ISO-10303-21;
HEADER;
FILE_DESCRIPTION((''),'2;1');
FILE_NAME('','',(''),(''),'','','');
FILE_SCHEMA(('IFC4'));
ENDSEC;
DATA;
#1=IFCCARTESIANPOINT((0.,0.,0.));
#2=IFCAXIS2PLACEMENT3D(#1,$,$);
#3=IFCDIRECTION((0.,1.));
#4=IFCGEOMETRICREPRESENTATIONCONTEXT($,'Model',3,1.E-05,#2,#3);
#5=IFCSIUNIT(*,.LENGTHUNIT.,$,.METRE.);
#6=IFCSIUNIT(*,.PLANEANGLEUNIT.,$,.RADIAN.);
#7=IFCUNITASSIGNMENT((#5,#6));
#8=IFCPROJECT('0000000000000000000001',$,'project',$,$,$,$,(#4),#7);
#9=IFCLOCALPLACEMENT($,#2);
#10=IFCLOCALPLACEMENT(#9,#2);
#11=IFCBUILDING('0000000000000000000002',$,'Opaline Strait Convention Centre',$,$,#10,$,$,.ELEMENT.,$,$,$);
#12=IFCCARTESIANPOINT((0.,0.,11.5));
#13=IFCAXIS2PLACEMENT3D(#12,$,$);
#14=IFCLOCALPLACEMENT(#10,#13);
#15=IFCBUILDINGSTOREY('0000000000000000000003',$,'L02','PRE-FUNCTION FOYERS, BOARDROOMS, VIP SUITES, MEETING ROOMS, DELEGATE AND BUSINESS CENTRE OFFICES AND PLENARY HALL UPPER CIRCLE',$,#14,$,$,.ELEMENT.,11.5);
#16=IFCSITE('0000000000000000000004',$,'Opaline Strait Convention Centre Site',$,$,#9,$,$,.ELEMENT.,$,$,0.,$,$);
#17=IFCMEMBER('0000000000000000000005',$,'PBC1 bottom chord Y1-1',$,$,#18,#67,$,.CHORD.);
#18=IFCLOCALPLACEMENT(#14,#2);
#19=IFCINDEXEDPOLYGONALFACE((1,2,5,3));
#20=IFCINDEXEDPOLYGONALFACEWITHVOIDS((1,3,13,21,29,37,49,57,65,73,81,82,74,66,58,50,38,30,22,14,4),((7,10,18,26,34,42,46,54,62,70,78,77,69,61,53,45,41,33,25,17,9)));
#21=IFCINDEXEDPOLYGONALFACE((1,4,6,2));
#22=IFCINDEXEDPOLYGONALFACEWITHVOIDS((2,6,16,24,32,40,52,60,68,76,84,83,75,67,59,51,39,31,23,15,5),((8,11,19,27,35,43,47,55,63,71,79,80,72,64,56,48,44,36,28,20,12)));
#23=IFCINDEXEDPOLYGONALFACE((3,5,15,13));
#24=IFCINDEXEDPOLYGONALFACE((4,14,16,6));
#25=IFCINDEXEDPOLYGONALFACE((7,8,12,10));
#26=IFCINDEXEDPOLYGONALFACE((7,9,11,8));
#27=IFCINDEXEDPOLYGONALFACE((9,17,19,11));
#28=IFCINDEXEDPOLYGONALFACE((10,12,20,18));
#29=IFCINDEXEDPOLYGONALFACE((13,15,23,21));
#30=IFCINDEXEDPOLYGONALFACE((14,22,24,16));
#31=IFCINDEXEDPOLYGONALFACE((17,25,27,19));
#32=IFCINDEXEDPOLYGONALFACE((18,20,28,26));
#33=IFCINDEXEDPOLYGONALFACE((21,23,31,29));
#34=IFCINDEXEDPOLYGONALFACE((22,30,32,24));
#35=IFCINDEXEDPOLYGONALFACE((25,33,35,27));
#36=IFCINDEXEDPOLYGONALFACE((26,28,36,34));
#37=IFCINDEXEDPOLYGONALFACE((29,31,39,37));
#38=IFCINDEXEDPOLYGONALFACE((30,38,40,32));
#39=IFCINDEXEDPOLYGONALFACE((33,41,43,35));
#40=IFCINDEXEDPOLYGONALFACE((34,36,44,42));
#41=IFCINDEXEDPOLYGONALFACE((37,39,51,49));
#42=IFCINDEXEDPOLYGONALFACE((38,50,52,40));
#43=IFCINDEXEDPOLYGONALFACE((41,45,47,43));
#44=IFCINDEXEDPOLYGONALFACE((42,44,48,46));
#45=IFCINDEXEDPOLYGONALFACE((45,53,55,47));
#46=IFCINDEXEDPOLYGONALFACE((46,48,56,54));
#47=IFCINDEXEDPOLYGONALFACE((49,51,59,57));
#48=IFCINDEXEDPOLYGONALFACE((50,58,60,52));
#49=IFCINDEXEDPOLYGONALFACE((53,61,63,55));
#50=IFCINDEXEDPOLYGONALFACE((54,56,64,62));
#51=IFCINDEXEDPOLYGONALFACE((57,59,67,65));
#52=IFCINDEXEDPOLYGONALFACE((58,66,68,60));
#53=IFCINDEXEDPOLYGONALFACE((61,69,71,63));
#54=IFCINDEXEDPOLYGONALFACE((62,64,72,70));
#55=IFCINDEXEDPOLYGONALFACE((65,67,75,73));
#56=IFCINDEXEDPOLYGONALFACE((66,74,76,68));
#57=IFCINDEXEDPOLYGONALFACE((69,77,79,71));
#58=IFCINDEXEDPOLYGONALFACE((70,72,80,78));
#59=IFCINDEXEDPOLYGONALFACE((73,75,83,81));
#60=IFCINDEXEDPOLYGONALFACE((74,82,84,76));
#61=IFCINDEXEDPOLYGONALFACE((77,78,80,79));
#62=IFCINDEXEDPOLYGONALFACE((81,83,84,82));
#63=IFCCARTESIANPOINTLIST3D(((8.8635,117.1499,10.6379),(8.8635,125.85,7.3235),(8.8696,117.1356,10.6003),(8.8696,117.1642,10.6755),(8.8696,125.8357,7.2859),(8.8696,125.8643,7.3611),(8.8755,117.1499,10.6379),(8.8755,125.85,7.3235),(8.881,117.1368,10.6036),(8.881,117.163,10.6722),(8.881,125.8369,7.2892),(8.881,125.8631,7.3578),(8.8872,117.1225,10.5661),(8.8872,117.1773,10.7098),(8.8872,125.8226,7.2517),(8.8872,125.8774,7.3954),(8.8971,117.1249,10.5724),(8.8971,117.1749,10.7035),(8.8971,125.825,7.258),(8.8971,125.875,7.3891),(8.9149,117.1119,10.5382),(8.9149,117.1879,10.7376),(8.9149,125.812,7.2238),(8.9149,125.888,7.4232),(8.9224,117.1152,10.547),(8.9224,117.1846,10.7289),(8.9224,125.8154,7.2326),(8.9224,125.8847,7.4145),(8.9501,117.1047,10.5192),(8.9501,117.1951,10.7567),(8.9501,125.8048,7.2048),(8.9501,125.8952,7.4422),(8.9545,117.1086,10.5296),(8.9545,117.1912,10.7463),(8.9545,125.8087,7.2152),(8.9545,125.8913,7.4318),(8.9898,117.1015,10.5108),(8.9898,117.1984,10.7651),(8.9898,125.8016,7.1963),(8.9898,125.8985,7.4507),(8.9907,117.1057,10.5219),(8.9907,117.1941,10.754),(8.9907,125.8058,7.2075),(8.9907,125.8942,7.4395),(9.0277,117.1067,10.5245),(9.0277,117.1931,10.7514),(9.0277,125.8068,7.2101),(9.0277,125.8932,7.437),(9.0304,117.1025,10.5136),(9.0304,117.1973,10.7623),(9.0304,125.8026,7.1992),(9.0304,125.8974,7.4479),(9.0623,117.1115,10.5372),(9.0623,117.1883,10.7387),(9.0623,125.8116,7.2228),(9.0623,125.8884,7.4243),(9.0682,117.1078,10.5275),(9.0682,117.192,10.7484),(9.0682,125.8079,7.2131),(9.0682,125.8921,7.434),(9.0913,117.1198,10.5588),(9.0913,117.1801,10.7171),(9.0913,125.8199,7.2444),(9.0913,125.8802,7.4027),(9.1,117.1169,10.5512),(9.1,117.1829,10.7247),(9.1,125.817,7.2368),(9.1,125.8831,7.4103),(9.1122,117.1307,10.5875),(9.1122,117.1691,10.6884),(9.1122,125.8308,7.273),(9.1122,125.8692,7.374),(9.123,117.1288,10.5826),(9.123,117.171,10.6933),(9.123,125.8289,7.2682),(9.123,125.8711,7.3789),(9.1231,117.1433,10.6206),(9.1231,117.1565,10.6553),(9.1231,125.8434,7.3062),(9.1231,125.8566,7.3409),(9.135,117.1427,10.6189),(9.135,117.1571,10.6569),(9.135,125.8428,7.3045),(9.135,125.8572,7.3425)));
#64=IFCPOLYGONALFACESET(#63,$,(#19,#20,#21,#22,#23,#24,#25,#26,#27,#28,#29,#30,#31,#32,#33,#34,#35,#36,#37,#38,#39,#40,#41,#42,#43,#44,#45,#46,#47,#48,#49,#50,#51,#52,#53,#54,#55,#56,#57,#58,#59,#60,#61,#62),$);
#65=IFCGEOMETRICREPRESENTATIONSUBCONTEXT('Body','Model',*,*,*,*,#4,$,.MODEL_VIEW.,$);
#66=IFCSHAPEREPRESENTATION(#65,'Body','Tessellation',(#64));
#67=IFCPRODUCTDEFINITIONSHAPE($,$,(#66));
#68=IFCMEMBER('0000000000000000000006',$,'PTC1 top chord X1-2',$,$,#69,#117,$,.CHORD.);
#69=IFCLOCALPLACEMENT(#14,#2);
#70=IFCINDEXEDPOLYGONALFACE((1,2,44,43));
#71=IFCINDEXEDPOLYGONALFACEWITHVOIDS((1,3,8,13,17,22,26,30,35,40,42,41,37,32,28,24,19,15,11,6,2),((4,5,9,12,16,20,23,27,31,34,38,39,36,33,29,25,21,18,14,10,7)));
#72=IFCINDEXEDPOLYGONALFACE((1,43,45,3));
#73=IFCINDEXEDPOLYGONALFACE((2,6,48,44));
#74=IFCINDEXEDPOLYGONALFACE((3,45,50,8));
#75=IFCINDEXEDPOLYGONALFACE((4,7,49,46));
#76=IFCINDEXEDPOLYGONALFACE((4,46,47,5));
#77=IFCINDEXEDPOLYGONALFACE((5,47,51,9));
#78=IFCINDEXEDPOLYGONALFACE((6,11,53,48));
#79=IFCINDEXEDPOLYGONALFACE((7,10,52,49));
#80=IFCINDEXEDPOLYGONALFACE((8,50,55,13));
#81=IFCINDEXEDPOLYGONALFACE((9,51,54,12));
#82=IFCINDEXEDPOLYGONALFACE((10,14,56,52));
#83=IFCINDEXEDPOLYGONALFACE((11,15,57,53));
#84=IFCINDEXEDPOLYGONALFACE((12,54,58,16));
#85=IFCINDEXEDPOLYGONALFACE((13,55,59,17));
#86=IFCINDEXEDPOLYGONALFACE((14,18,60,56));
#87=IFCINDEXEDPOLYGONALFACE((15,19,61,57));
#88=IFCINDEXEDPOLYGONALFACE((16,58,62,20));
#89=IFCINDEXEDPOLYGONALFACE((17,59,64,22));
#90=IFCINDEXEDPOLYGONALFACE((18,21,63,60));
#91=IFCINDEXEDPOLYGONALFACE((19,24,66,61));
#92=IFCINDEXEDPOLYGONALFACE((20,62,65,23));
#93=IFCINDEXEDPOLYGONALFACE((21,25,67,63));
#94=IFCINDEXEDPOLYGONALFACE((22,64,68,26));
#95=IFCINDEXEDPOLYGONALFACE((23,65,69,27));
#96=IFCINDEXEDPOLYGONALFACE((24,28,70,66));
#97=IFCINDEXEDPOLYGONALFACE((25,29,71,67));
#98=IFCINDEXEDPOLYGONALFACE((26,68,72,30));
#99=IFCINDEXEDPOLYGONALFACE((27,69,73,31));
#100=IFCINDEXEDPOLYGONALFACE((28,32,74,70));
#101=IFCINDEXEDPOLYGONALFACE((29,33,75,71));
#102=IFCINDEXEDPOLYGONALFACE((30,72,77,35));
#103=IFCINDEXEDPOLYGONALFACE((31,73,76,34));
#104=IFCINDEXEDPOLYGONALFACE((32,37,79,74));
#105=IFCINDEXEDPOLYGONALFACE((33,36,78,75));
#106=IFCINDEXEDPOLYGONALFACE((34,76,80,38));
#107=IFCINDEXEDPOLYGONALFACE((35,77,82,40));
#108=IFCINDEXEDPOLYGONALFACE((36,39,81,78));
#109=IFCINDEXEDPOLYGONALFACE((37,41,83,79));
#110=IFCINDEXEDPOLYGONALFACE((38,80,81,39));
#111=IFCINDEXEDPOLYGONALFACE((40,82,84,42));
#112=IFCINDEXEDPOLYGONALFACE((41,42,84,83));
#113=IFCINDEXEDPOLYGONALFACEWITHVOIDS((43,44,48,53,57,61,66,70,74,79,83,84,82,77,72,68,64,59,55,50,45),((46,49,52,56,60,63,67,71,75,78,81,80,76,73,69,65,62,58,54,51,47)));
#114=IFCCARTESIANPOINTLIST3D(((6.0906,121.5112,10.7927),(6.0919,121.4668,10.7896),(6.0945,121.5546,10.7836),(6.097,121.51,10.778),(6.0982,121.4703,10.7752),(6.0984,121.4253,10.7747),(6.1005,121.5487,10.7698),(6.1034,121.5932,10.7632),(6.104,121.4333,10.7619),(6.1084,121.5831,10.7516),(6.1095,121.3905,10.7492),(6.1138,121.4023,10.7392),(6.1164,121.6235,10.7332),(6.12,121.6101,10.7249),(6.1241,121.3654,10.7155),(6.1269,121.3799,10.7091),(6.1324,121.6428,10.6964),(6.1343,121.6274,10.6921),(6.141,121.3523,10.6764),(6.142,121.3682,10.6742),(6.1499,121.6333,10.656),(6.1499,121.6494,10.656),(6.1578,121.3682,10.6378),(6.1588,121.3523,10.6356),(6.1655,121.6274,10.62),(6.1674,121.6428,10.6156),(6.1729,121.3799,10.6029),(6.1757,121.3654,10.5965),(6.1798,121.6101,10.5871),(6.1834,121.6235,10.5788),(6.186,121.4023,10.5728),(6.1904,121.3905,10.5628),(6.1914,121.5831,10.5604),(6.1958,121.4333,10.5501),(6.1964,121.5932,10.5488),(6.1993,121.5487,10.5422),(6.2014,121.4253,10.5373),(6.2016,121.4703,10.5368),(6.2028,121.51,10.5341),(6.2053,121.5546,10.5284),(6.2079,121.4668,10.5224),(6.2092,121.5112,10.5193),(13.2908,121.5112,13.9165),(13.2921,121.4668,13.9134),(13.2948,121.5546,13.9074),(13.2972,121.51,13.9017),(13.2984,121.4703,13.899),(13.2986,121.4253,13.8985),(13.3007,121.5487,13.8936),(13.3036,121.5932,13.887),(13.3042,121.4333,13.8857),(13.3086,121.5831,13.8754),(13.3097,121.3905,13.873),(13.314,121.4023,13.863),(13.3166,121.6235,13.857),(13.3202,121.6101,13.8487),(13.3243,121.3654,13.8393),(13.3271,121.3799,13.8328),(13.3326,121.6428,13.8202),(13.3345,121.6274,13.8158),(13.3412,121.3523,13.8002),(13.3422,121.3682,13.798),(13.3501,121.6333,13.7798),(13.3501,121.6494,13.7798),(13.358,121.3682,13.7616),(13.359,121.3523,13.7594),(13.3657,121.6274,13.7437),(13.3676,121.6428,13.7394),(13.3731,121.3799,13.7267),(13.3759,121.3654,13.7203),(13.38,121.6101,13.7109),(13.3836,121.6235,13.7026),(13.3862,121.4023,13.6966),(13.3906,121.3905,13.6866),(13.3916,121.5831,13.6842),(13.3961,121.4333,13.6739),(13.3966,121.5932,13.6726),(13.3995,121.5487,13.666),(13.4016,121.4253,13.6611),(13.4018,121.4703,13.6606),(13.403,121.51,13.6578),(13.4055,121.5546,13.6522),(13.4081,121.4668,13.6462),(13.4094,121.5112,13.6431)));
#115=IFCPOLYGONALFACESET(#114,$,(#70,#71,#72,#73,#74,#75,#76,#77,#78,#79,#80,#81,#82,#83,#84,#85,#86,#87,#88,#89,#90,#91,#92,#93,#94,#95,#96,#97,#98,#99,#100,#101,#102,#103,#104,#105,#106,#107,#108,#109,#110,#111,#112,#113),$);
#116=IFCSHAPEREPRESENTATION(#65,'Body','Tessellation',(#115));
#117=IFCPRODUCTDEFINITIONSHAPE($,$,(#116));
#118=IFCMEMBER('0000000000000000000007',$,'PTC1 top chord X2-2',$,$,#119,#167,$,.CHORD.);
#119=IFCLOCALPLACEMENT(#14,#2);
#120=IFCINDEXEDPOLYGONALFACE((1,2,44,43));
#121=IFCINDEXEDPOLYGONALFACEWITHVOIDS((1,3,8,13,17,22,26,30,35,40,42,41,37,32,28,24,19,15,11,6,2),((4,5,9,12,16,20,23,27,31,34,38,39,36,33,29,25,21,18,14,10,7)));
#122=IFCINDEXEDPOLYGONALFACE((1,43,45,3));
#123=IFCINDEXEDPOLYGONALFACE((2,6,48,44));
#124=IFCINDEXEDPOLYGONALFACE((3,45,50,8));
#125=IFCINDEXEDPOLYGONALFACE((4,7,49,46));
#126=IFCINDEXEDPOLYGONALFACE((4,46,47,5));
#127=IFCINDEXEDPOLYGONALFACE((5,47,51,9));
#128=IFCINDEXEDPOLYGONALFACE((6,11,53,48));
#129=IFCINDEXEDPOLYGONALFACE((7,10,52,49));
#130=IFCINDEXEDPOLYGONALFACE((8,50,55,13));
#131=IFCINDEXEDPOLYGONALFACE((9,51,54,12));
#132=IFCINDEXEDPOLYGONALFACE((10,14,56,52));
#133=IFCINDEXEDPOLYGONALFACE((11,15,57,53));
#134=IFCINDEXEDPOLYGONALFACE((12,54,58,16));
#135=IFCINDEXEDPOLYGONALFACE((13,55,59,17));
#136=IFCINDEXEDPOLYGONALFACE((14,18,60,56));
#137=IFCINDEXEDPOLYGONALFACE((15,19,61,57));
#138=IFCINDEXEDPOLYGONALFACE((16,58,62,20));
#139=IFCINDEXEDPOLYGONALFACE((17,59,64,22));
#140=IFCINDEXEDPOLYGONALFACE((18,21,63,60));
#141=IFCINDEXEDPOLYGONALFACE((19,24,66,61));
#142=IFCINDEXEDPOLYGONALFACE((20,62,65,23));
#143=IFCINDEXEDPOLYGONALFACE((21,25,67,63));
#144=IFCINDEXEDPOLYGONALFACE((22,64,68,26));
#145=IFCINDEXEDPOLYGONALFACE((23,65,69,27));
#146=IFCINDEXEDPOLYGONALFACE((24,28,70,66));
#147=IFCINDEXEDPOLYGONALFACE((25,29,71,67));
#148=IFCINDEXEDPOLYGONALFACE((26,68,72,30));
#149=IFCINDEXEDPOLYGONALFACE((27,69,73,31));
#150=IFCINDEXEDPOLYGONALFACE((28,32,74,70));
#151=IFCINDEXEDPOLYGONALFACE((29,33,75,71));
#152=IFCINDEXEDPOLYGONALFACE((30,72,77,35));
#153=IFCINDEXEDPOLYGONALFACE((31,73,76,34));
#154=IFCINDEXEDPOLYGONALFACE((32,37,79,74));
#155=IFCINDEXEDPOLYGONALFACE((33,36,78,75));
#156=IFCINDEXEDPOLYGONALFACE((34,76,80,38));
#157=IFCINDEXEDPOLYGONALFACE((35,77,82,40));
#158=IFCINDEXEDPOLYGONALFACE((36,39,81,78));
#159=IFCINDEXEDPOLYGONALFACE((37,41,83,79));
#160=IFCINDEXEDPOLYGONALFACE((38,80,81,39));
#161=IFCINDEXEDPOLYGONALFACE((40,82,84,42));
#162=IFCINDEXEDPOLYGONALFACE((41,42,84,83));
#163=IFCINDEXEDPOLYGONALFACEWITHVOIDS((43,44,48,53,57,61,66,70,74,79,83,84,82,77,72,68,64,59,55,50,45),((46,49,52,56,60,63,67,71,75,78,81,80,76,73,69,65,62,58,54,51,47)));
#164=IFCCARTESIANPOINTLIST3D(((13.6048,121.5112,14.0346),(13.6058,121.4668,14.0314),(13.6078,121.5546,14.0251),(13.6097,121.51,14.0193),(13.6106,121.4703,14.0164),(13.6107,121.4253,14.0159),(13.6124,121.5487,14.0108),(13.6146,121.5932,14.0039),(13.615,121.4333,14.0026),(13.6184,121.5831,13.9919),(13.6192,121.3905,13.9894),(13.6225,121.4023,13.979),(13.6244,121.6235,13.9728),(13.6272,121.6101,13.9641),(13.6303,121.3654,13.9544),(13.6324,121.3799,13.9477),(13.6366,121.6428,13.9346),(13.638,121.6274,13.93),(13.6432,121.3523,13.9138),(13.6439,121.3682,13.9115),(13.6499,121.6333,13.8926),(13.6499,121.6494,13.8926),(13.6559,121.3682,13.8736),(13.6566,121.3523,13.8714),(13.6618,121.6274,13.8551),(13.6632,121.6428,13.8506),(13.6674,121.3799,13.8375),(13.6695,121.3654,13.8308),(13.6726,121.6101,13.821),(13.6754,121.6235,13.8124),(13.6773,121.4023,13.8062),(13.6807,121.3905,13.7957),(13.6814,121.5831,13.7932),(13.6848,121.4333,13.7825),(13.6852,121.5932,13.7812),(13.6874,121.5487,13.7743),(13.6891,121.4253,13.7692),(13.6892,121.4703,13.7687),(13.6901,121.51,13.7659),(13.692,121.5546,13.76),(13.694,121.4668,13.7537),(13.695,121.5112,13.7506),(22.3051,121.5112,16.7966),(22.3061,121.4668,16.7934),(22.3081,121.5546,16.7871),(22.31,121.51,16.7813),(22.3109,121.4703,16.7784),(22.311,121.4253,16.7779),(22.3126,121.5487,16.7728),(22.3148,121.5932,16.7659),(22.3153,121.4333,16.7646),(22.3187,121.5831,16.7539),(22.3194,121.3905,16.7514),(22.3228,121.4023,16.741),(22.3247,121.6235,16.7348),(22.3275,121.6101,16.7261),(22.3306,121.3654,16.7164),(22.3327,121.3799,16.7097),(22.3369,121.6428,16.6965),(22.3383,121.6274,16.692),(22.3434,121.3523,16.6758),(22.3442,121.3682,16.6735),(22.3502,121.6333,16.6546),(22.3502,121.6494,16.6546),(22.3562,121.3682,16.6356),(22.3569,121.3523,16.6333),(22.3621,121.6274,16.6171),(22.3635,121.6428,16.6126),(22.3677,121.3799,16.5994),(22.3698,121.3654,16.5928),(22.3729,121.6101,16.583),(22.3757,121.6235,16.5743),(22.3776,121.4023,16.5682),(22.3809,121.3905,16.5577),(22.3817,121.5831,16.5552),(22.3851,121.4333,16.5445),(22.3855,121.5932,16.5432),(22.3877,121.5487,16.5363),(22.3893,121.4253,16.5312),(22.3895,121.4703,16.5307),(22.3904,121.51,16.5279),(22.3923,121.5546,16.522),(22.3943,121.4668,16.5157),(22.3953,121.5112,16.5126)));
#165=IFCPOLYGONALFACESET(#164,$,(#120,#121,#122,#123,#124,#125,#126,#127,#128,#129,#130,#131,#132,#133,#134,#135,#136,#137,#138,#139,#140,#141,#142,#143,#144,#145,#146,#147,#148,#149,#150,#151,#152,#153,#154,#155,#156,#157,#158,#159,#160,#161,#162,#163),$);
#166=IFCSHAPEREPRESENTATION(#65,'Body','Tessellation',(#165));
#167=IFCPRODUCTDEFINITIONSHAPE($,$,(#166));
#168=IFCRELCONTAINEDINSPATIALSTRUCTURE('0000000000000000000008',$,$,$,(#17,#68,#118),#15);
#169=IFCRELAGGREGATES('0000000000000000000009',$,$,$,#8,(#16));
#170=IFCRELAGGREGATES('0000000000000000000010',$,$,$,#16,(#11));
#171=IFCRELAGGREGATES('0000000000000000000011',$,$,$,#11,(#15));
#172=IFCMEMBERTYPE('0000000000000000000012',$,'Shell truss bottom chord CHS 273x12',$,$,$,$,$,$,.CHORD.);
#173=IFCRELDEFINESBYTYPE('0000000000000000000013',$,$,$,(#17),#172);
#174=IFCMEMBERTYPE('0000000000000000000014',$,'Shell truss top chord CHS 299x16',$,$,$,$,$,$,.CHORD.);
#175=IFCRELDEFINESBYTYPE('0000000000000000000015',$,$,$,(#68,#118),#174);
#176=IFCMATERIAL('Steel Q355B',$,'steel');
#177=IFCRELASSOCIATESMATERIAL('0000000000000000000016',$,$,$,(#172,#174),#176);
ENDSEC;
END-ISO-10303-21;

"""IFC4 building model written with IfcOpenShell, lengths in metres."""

from ifc_helpers import new_model, si_unit, direction, frame, origin, origin_2d, place, context, subcontext, project, spatial, hollow_circle, extrude, material, material_profile, profile_set, type_object, element, save


model = new_model("IFC4")

# Units and contexts
model_context = context("Model", 3, precision=1e-05, world=origin(), true_north=direction((0.0, 1.0)))
body_context = subcontext(model_context, "Body", "Model", "MODEL_VIEW")
ifc_project = project(units=[si_unit("LENGTHUNIT", "METRE"), si_unit("PLANEANGLEUNIT", "RADIAN")], contexts=[model_context])

# Site, building, storey
site_placement = place(None, origin())
site = spatial("IfcSite", under=ifc_project, at=site_placement, Name="Opaline Strait Convention Centre Site", CompositionType="ELEMENT", RefElevation=0.0)
building_placement = place(site_placement, origin())
building = spatial("IfcBuilding", under=site, at=building_placement, Name="Opaline Strait Convention Centre", CompositionType="ELEMENT")
storey_placement = place(building_placement, frame((0.0, 0.0, 11.5)))
storey = spatial("IfcBuildingStorey", under=building, at=storey_placement, Name="L02", Description="PRE-FUNCTION FOYERS, BOARDROOMS, VIP SUITES, MEETING ROOMS, DELEGATE AND BUSINESS CENTRE OFFICES AND PLENARY HALL UPPER CIRCLE", CompositionType="ELEMENT", Elevation=11.5)

# Members
ifc_material_1 = material(Name="Steel Q355B", Category="steel")
ifc_material_profile_1 = material_profile(ifc_material_1, hollow_circle(Radius=0.1365, WallThickness=0.012, at=origin_2d()), Name="CHS 273x12")
ifc_profile_set_1 = profile_set([ifc_material_profile_1], Name="Steel Q355B")
member_type_1 = type_object("IfcMemberType", Name="Shell truss bottom chord CHS 273x12", PredefinedType="CHORD", material=ifc_profile_set_1)
member_1_placement = place(storey_placement, frame((9.0, 117.1499, 10.6379), z_axis=(0.0, 0.934484, -0.356004), x_axis=(-1.0, 0.0, 0.0)))
element("IfcMember", 1, at=member_1_placement, inside=storey, type_object=member_type_1, Name="PBC1 bottom chord Y1-1", PredefinedType="CHORD", context=body_context, shape_type="SweptSolid", body=[
    extrude(hollow_circle(Radius=0.1365, WallThickness=0.012, at=origin_2d()), origin(), (0.0, 0.0, 1.0), 9.3101),
])
ifc_material_profile_2 = material_profile(ifc_material_1, hollow_circle(Radius=0.1494, WallThickness=0.0161, at=origin_2d()), Name="CHS 299x16")
ifc_profile_set_2 = profile_set([ifc_material_profile_2], Name="Steel Q355B")
member_type_2 = type_object("IfcMemberType", Name="Shell truss top chord CHS 299x16", PredefinedType="CHORD", material=ifc_profile_set_2)
member_2_placement = place(storey_placement, frame((6.1499, 121.5, 10.656), z_axis=(0.917384, 0.0, 0.398004), x_axis=(0.0, 1.0, 0.0)))
element("IfcMember", 2, at=member_2_placement, inside=storey, type_object=member_type_2, Name="PTC1 top chord X1-2", PredefinedType="CHORD", context=body_context, shape_type="SweptSolid", body=[
    extrude(hollow_circle(Radius=0.1494, WallThickness=0.0161, at=origin_2d()), origin(), (0.0, 0.0, 1.0), 7.8486),
])
for number, where, z_axis, x_axis, name in (
    (3, (13.6499, 121.5, 13.8926), (0.953124, 0.0, 0.302579), (0.0, 1.0, 0.0), "PTC1 top chord X2-2"),
):
    element("IfcMember", number, at=place(storey_placement, frame(where, z_axis=z_axis, x_axis=x_axis)), inside=storey, type_object=member_type_2, Name=name, PredefinedType="CHORD", context=body_context, shape_type="SweptSolid", body=[
        extrude(hollow_circle(Radius=0.1494, WallThickness=0.0161, at=origin_2d()), origin(), (0.0, 0.0, 1.0), 9.1282),
    ])

save(model, "model.ifc")
